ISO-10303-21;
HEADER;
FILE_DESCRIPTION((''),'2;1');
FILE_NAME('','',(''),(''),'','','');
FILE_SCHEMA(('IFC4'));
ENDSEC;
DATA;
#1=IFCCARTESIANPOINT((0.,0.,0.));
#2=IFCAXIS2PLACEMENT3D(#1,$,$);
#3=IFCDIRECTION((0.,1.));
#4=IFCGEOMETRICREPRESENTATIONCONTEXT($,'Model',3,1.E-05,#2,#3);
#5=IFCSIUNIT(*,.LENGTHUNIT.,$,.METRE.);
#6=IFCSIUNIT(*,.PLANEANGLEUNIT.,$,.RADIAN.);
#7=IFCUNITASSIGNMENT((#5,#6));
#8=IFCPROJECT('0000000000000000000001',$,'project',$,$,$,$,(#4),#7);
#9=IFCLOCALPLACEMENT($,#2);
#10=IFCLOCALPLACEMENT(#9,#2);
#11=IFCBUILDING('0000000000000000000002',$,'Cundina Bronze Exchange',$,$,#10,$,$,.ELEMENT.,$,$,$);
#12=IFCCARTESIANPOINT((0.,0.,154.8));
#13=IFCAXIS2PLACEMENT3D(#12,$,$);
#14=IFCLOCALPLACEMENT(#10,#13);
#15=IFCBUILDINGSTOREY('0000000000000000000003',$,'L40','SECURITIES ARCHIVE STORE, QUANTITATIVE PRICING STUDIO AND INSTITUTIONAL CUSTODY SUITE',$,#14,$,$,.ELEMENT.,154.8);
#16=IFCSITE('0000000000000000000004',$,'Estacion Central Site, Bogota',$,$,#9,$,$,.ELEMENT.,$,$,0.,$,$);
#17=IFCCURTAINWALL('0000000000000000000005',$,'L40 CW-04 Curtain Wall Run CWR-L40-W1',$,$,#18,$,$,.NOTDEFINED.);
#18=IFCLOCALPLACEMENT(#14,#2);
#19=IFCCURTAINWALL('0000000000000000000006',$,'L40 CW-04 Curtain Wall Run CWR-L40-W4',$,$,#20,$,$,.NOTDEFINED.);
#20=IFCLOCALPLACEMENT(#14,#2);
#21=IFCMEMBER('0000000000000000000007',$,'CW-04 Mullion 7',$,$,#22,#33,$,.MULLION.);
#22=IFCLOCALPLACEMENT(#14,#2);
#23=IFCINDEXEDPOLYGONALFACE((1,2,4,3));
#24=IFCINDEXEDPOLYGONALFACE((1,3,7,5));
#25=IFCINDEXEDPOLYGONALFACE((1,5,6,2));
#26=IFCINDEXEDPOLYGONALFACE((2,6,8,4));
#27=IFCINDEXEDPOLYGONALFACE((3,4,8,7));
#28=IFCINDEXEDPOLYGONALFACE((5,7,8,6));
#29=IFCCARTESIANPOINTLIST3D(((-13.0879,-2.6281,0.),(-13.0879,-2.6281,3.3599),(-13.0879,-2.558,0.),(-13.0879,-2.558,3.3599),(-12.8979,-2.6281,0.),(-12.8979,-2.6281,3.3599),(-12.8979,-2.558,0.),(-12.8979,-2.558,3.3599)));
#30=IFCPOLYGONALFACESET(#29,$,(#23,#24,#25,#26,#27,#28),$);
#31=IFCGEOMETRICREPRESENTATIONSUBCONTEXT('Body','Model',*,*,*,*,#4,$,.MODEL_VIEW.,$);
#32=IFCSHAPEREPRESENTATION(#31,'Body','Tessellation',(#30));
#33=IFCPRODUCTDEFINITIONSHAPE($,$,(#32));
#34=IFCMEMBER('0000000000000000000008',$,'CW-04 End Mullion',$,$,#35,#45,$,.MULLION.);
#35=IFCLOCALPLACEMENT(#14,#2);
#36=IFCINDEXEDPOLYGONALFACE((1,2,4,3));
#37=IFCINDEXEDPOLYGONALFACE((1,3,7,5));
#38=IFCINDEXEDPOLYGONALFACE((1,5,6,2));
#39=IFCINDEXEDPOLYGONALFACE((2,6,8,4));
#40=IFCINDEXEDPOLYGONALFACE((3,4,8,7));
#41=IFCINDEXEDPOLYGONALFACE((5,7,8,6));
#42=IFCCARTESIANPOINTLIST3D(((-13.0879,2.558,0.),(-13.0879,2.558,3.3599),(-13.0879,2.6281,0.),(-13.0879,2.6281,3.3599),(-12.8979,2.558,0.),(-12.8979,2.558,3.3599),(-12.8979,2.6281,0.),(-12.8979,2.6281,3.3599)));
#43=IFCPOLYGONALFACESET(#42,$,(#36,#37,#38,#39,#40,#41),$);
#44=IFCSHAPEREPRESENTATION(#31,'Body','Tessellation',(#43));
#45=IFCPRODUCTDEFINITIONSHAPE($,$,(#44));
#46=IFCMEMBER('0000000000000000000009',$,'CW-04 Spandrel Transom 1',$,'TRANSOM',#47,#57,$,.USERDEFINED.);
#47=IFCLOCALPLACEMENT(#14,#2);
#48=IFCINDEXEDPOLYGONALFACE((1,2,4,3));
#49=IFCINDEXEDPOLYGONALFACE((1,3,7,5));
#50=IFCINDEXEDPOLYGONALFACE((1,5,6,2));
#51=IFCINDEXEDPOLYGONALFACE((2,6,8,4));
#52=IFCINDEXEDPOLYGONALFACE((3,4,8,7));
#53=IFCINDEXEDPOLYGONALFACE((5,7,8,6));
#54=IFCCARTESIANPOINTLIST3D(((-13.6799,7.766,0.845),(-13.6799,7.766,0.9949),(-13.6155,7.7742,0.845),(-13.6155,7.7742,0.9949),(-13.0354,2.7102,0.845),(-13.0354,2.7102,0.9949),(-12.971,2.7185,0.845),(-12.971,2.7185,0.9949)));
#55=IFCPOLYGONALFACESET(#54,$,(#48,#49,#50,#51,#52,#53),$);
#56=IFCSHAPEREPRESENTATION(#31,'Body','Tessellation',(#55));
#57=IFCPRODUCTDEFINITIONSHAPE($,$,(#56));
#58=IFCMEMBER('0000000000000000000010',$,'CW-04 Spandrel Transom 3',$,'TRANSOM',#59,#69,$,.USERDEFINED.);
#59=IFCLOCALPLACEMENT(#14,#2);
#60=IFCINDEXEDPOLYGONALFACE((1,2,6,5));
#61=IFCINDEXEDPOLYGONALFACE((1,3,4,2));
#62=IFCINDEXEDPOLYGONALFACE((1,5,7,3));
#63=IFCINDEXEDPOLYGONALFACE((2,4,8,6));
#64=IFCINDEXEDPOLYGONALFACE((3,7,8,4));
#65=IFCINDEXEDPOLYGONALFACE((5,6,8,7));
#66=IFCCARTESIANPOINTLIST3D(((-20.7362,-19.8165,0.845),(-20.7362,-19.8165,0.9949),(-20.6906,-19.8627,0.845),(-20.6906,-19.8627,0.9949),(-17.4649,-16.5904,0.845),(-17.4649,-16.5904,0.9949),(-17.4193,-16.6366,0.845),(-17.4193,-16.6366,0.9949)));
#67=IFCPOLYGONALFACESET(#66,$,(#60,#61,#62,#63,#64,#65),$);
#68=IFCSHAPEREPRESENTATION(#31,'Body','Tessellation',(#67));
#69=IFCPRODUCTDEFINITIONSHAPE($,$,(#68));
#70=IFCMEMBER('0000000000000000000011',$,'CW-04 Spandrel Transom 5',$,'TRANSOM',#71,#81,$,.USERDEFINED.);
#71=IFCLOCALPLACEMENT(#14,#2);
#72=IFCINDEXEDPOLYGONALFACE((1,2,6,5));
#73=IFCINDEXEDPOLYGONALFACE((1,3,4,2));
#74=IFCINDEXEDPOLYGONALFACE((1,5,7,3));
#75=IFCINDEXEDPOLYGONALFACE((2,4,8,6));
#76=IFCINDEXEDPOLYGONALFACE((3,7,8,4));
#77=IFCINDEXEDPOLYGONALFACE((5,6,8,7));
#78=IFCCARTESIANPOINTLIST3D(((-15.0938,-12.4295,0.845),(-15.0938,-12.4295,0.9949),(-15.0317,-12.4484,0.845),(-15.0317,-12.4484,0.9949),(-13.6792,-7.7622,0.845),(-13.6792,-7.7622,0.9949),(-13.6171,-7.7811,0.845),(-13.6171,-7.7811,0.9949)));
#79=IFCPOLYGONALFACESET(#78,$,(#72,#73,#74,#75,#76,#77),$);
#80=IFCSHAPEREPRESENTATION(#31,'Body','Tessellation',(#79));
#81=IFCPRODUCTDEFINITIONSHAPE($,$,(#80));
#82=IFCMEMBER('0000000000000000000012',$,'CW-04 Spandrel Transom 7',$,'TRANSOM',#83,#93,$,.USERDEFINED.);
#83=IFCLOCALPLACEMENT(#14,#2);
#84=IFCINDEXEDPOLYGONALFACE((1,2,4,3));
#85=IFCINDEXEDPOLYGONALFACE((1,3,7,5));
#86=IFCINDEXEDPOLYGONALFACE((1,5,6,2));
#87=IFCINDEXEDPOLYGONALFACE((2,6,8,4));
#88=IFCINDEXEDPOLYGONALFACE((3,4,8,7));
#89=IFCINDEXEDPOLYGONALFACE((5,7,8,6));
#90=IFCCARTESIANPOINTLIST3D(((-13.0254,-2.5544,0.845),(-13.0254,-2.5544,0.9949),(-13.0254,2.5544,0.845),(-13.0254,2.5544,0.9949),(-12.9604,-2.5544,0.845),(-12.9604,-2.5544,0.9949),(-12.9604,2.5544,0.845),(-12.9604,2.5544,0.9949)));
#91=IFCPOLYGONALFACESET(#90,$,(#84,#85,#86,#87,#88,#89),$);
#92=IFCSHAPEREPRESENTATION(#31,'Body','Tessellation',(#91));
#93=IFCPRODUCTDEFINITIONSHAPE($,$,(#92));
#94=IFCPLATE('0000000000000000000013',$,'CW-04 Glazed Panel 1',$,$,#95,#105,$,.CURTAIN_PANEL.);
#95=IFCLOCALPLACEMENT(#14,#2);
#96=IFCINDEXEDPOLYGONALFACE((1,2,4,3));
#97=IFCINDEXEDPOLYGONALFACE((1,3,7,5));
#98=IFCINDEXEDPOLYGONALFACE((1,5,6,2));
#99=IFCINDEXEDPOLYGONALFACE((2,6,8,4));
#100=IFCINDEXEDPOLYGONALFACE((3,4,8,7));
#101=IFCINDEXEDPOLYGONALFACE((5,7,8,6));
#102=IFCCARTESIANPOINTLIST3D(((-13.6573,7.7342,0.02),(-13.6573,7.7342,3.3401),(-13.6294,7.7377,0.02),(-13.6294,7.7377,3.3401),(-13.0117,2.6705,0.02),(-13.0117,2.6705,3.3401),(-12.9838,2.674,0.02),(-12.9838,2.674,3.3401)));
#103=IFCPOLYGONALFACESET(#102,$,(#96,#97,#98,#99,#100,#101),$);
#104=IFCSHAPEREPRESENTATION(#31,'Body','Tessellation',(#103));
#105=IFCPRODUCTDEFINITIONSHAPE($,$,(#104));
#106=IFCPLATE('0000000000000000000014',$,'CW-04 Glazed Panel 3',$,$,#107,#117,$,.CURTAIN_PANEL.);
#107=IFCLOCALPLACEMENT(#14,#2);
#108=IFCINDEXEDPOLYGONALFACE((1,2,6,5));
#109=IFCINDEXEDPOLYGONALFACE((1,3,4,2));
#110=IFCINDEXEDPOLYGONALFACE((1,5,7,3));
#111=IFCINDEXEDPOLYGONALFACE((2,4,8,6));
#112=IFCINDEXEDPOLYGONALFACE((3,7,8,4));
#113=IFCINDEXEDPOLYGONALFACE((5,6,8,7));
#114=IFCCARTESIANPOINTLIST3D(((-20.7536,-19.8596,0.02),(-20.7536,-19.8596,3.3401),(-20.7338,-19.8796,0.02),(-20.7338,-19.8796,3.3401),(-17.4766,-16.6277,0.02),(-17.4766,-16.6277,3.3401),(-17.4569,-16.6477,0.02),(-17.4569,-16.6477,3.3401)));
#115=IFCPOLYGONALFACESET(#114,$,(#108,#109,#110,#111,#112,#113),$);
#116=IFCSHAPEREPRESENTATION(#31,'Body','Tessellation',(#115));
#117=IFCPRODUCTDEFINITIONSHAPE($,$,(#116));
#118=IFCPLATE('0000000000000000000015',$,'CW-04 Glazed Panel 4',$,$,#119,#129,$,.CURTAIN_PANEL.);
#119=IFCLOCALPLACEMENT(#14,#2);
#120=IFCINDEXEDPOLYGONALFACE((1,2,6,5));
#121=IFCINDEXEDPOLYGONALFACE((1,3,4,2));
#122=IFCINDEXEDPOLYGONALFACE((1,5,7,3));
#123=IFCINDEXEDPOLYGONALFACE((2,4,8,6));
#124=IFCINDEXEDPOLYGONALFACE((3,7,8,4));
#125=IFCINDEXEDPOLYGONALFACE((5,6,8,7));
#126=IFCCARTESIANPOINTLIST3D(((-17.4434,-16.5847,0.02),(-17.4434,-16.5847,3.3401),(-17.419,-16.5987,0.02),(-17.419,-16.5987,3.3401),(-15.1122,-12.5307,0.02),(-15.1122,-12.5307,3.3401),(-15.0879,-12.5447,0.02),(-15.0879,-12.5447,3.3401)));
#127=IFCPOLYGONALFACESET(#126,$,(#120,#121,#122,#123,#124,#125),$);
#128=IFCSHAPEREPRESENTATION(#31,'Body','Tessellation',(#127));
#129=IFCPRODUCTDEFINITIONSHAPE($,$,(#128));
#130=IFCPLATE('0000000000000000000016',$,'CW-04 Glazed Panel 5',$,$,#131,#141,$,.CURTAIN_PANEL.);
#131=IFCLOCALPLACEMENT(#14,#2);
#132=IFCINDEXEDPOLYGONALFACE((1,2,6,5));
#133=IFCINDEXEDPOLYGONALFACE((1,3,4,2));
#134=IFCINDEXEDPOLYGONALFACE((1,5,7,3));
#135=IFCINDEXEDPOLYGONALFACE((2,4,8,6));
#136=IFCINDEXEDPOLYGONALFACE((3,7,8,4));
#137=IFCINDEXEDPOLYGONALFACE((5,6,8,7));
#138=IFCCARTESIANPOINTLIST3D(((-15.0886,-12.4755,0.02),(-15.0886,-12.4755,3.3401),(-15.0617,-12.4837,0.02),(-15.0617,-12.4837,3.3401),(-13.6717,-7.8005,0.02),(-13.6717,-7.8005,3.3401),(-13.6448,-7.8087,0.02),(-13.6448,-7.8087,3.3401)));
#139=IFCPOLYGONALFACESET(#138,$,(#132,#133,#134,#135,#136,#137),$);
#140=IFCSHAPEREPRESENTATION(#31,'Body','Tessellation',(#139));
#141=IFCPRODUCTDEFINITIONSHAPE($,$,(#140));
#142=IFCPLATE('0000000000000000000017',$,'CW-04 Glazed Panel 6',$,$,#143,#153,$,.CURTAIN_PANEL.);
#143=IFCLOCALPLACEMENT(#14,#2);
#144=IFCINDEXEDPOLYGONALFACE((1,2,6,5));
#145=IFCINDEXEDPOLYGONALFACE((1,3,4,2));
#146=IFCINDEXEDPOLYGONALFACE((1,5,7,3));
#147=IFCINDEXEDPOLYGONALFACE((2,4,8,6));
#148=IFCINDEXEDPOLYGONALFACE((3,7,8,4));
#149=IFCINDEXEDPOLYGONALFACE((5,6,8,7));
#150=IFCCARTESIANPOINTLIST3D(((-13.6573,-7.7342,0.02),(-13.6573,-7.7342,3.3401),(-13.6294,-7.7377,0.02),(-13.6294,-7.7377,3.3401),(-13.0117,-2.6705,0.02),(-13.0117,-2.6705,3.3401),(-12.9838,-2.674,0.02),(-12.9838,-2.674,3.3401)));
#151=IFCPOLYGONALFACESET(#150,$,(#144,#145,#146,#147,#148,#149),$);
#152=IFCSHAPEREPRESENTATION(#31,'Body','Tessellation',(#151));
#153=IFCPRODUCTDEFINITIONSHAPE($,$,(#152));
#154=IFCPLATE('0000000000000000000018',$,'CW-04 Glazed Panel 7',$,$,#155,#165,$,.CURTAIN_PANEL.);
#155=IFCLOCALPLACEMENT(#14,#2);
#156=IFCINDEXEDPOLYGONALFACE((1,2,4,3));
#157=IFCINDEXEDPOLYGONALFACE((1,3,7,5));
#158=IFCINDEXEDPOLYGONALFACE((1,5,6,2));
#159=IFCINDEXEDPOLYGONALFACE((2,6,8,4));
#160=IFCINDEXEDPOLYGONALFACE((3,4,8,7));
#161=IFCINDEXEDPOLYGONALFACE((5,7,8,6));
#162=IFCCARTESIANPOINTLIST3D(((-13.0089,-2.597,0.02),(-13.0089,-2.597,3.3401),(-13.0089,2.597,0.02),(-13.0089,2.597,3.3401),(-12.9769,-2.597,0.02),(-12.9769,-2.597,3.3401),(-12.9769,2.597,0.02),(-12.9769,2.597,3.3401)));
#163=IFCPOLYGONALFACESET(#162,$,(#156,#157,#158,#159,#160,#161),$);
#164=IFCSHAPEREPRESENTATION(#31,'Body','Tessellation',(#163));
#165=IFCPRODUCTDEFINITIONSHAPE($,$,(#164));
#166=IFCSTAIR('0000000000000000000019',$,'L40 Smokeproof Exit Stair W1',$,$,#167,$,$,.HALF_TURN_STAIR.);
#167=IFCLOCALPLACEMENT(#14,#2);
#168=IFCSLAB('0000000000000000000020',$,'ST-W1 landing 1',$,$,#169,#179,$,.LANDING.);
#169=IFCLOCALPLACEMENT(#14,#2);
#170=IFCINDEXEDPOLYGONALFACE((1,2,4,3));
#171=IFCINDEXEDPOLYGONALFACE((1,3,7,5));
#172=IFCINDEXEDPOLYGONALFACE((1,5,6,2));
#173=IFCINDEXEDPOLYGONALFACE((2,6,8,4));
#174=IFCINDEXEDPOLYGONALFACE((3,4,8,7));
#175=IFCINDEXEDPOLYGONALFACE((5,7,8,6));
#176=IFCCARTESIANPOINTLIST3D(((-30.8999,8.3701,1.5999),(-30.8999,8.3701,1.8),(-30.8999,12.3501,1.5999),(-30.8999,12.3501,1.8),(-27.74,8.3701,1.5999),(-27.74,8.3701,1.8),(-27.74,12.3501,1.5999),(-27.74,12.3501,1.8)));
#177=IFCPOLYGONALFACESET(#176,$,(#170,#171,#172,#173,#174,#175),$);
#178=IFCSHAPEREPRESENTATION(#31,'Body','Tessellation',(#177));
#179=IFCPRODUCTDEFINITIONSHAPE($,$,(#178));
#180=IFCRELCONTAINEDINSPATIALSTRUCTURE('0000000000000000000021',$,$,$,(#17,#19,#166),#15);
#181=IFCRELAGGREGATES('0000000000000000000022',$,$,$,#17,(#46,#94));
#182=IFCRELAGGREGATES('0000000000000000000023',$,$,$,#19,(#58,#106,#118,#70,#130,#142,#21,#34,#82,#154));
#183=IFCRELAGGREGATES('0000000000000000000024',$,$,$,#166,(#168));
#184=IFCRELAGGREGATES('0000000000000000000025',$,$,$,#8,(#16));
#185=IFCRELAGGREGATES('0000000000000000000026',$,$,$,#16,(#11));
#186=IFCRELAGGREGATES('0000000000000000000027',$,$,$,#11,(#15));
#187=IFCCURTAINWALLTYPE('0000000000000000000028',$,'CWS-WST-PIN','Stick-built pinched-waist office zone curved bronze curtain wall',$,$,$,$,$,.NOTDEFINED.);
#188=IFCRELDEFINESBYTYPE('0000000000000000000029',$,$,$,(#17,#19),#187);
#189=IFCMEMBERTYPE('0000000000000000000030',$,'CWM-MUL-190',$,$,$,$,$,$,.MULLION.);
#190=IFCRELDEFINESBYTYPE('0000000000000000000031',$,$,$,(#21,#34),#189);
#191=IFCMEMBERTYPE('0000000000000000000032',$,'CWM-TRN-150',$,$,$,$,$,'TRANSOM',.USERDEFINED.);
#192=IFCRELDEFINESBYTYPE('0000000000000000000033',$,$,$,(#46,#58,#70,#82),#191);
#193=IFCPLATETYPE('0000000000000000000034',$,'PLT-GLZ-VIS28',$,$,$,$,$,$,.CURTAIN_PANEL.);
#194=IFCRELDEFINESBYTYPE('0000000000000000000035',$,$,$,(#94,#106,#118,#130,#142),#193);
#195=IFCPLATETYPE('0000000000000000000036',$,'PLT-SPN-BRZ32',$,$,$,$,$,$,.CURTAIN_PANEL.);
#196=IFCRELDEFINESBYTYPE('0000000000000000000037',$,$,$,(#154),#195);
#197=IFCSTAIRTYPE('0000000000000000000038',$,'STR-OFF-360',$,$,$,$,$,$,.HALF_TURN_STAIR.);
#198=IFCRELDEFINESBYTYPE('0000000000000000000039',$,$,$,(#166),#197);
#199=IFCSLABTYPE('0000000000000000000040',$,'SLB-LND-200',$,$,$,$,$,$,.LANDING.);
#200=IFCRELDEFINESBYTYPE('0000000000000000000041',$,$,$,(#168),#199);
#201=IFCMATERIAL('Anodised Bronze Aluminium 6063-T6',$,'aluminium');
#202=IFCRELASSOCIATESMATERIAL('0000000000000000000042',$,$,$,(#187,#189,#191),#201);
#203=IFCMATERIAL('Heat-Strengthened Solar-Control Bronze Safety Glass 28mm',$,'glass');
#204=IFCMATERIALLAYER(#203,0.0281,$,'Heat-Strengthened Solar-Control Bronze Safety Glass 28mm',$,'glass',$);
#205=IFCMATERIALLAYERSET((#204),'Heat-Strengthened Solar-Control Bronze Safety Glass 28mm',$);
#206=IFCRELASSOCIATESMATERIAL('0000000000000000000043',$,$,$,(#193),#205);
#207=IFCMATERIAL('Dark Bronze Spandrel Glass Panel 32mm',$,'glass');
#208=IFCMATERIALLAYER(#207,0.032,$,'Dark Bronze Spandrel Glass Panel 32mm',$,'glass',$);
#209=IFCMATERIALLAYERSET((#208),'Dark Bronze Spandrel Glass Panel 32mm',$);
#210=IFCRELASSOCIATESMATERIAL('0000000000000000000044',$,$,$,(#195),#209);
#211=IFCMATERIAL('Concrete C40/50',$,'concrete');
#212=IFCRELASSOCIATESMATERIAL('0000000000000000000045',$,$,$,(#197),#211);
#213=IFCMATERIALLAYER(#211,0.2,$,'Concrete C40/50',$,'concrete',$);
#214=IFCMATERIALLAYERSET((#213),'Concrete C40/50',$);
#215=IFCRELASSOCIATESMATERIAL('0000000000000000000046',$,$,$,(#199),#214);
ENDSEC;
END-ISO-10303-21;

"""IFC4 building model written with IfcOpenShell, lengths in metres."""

from ifc_helpers import new_model, si_unit, direction, frame, origin, origin_2d, place, context, subcontext, project, spatial, polyline, rectangle, outline, extrude, material, layer, layer_set, material_profile, profile_set, type_object, element, aggregate, save


model = new_model("IFC4")

# Units and contexts
model_context = context("Model", 3, precision=1e-05, world=origin(), true_north=direction((0.0, 1.0)))
body_context = subcontext(model_context, "Body", "Model", "MODEL_VIEW")
ifc_project = project(units=[si_unit("LENGTHUNIT", "METRE"), si_unit("PLANEANGLEUNIT", "RADIAN")], contexts=[model_context])

# Site, building, storey
site_placement = place(None, origin())
site = spatial("IfcSite", under=ifc_project, at=site_placement, Name="Estacion Central Site, Bogota", CompositionType="ELEMENT", RefElevation=0.0)
building_placement = place(site_placement, origin())
building = spatial("IfcBuilding", under=site, at=building_placement, Name="Cundina Bronze Exchange", CompositionType="ELEMENT")
storey_placement = place(building_placement, frame((0.0, 0.0, 154.8)))
storey = spatial("IfcBuildingStorey", under=building, at=storey_placement, Name="L40", Description="SECURITIES ARCHIVE STORE, QUANTITATIVE PRICING STUDIO AND INSTITUTIONAL CUSTODY SUITE", CompositionType="ELEMENT", Elevation=154.8)

# Curtain wall
ifc_material_1 = material(Name="Anodised Bronze Aluminium 6063-T6", Category="aluminium")
curtain_wall_type = type_object("IfcCurtainWallType", Name="CWS-WST-PIN", Description="Stick-built pinched-waist office zone curved bronze curtain wall", PredefinedType="NOTDEFINED", material=ifc_material_1)
curtain_wall_1_placement = place(storey_placement, origin())
curtain_wall_1 = element("IfcCurtainWall", 1, at=curtain_wall_1_placement, inside=storey, type_object=curtain_wall_type, Name="L40 CW-04 Curtain Wall Run CWR-L40-W1", PredefinedType="NOTDEFINED")
ifc_material_profile_1 = material_profile(ifc_material_1, rectangle(XDim=0.0701, YDim=0.1899, at=origin_2d()), Name="AL70X190", Category="aluminium")
ifc_profile_set_1 = profile_set([ifc_material_profile_1], Name="Anodised Bronze Aluminium 6063-T6")
member_type_1 = type_object("IfcMemberType", Name="CWM-MUL-190", PredefinedType="MULLION", material=ifc_profile_set_1)

# Curtain wall, members
curtain_wall_2_placement = place(storey_placement, origin())
curtain_wall_2 = element("IfcCurtainWall", 2, at=curtain_wall_2_placement, inside=storey, type_object=curtain_wall_type, Name="L40 CW-04 Curtain Wall Run CWR-L40-W4", PredefinedType="NOTDEFINED")
member_1_placement = place(storey_placement, frame((-12.9929, -2.593, 0.0), z_axis=(0.0, 0.0, 1.0), x_axis=(0.0, 1.0, 0.0)))
member_1 = element("IfcMember", 3, at=member_1_placement, type_object=member_type_1, Name="CW-04 Mullion 7", PredefinedType="MULLION", context=body_context, shape_type="SweptSolid", body=[
    extrude(rectangle(XDim=0.0701, YDim=0.1899, at=origin_2d()), origin(), (0.0, 0.0, 1.0), 3.3599),
])
member_2_placement = place(storey_placement, frame((-12.9929, 2.593, 0.0), z_axis=(0.0, 0.0, 1.0), x_axis=(0.0, 1.0, 0.0)))
member_2 = element("IfcMember", 4, at=member_2_placement, type_object=member_type_1, Name="CW-04 End Mullion", PredefinedType="MULLION", context=body_context, shape_type="SweptSolid", body=[
    extrude(rectangle(XDim=0.0701, YDim=0.1899, at=origin_2d()), origin(), (0.0, 0.0, 1.0), 3.3599),
])

# Members
ifc_material_profile_2 = material_profile(ifc_material_1, rectangle(XDim=0.0649, YDim=0.1499, at=origin_2d()), Name="AL65X150", Category="aluminium")
ifc_profile_set_2 = profile_set([ifc_material_profile_2], Name="Anodised Bronze Aluminium 6063-T6")
member_type_2 = type_object("IfcMemberType", Name="CWM-TRN-150", ElementType="TRANSOM", PredefinedType="USERDEFINED", material=ifc_profile_set_2)
member_3_placement = place(storey_placement, frame((-13.0032, 2.7144, 0.9199), z_axis=(-0.126463, 0.991971, 0.0), x_axis=(-0.991971, -0.126463, 0.0)))
member_3 = element("IfcMember", 5, at=member_3_placement, type_object=member_type_2, Name="CW-04 Spandrel Transom 1", ObjectType="TRANSOM", PredefinedType="USERDEFINED", context=body_context, shape_type="SweptSolid", body=[
    extrude(rectangle(XDim=0.0649, YDim=0.1499, at=origin_2d()), origin(), (0.0, 0.0, 1.0), 5.0967),
])
member_4_placement = place(storey_placement, frame((-20.7134, -19.8396, 0.9199), z_axis=(0.712005, 0.702174, 0.0), x_axis=(-0.702174, 0.712005, 0.0)))
member_4 = element("IfcMember", 6, at=member_4_placement, type_object=member_type_2, Name="CW-04 Spandrel Transom 3", ObjectType="TRANSOM", PredefinedType="USERDEFINED", context=body_context, shape_type="SweptSolid", body=[
    extrude(rectangle(XDim=0.0649, YDim=0.1499, at=origin_2d()), origin(), (0.0, 0.0, 1.0), 4.5945),
])
member_5_placement = place(storey_placement, frame((-15.0627, -12.439, 0.9199), z_axis=(0.290052, 0.957011, 0.0), x_axis=(-0.957011, 0.290052, 0.0)))
member_5 = element("IfcMember", 7, at=member_5_placement, type_object=member_type_2, Name="CW-04 Spandrel Transom 5", ObjectType="TRANSOM", PredefinedType="USERDEFINED", context=body_context, shape_type="SweptSolid", body=[
    extrude(rectangle(XDim=0.0649, YDim=0.1499, at=origin_2d()), origin(), (0.0, 0.0, 1.0), 4.877),
])
member_6_placement = place(storey_placement, frame((-12.9929, -2.5544, 0.9199), z_axis=(0.0, 1.0, 0.0), x_axis=(-1.0, 0.0, 0.0)))
member_6 = element("IfcMember", 8, at=member_6_placement, type_object=member_type_2, Name="CW-04 Spandrel Transom 7", ObjectType="TRANSOM", PredefinedType="USERDEFINED", context=body_context, shape_type="SweptSolid", body=[
    extrude(rectangle(XDim=0.0649, YDim=0.1499, at=origin_2d()), origin(), (0.0, 0.0, 1.0), 5.1089),
])

# Plates
ifc_material_2 = material(Name="Heat-Strengthened Solar-Control Bronze Safety Glass 28mm", Category="glass")
ifc_layer_1 = layer(ifc_material_2, 0.0281, Name="Heat-Strengthened Solar-Control Bronze Safety Glass 28mm", Category="glass")
ifc_layer_set_1 = layer_set([ifc_layer_1], Name="Heat-Strengthened Solar-Control Bronze Safety Glass 28mm")
plate_type_1 = type_object("IfcPlateType", Name="PLT-GLZ-VIS28", PredefinedType="CURTAIN_PANEL", material=ifc_layer_set_1)
plate_1_placement = place(storey_placement, frame((-13.3206, 5.2041, 0.02), z_axis=(0.0, 0.0, 1.0), x_axis=(-0.126476, 0.99197, 0.0)))
plate_1 = element("IfcPlate", 9, at=plate_1_placement, type_object=plate_type_1, Name="CW-04 Glazed Panel 1", PredefinedType="CURTAIN_PANEL", context=body_context, shape_type="SweptSolid", body=[
    extrude(rectangle(XDim=5.1047, YDim=0.0281, at=origin_2d()), origin(), (0.0, 0.0, 1.0), 3.3201),
])
aggregate(curtain_wall_1, [member_3, plate_1])
plate_2_placement = place(storey_placement, frame((-19.1052, -18.2537, 0.02), z_axis=(0.0, 0.0, 1.0), x_axis=(0.711989, 0.70219, 0.0)))
plate_2 = element("IfcPlate", 10, at=plate_2_placement, type_object=plate_type_1, Name="CW-04 Glazed Panel 3", PredefinedType="CURTAIN_PANEL", context=body_context, shape_type="SweptSolid", body=[
    extrude(rectangle(XDim=4.6025, YDim=0.0281, at=origin_2d()), origin(), (0.0, 0.0, 1.0), 3.3201),
])
plate_3_placement = place(storey_placement, frame((-16.2656, -14.5647, 0.02), z_axis=(0.0, 0.0, 1.0), x_axis=(0.498488, 0.866897, 0.0)))
plate_3 = element("IfcPlate", 11, at=plate_3_placement, type_object=plate_type_1, Name="CW-04 Glazed Panel 4", PredefinedType="CURTAIN_PANEL", context=body_context, shape_type="SweptSolid", body=[
    extrude(rectangle(XDim=4.6765, YDim=0.0281, at=origin_2d()), origin(), (0.0, 0.0, 1.0), 3.3201),
])
plate_4_placement = place(storey_placement, frame((-14.3667, -10.1421, 0.02), z_axis=(0.0, 0.0, 1.0), x_axis=(0.290051, 0.957011, 0.0)))
plate_4 = element("IfcPlate", 12, at=plate_4_placement, type_object=plate_type_1, Name="CW-04 Glazed Panel 5", PredefinedType="CURTAIN_PANEL", context=body_context, shape_type="SweptSolid", body=[
    extrude(rectangle(XDim=4.885, YDim=0.0281, at=origin_2d()), origin(), (0.0, 0.0, 1.0), 3.3201),
])
plate_5_placement = place(storey_placement, frame((-13.3206, -5.2041, 0.02), z_axis=(0.0, 0.0, 1.0), x_axis=(0.126476, 0.99197, 0.0)))
plate_5 = element("IfcPlate", 13, at=plate_5_placement, type_object=plate_type_1, Name="CW-04 Glazed Panel 6", PredefinedType="CURTAIN_PANEL", context=body_context, shape_type="SweptSolid", body=[
    extrude(rectangle(XDim=5.1047, YDim=0.0281, at=origin_2d()), origin(), (0.0, 0.0, 1.0), 3.3201),
])
ifc_material_3 = material(Name="Dark Bronze Spandrel Glass Panel 32mm", Category="glass")
ifc_layer_2 = layer(ifc_material_3, 0.032, Name="Dark Bronze Spandrel Glass Panel 32mm", Category="glass")
ifc_layer_set_2 = layer_set([ifc_layer_2], Name="Dark Bronze Spandrel Glass Panel 32mm")
plate_type_2 = type_object("IfcPlateType", Name="PLT-SPN-BRZ32", PredefinedType="CURTAIN_PANEL", material=ifc_layer_set_2)
plate_6_placement = place(storey_placement, frame((-12.9929, 0.0, 0.02), z_axis=(0.0, 0.0, 1.0), x_axis=(0.0, 1.0, 0.0)))
plate_6 = element("IfcPlate", 14, at=plate_6_placement, type_object=plate_type_2, Name="CW-04 Glazed Panel 7", PredefinedType="CURTAIN_PANEL", context=body_context, shape_type="SweptSolid", body=[
    extrude(rectangle(XDim=5.1941, YDim=0.032, at=origin_2d()), origin(), (0.0, 0.0, 1.0), 3.3201),
])
aggregate(curtain_wall_2, [member_4, plate_2, plate_3, member_5, plate_4, plate_5, member_1, member_2, member_6, plate_6])

# Stair, slab
ifc_material_4 = material(Name="Concrete C40/50", Category="concrete")
stair_type = type_object("IfcStairType", Name="STR-OFF-360", PredefinedType="HALF_TURN_STAIR", material=ifc_material_4)
stair_placement = place(storey_placement, origin())
stair = element("IfcStair", 15, at=stair_placement, inside=storey, type_object=stair_type, Name="L40 Smokeproof Exit Stair W1", PredefinedType="HALF_TURN_STAIR")
ifc_layer_3 = layer(ifc_material_4, 0.2, Name="Concrete C40/50", Category="concrete")
ifc_layer_set_3 = layer_set([ifc_layer_3], Name="Concrete C40/50")
slab_type_1 = type_object("IfcSlabType", Name="SLB-LND-200", PredefinedType="LANDING", material=ifc_layer_set_3)
slab_1_placement = place(storey_placement, frame((0.0, 0.0, 1.5999)))
slab_1 = element("IfcSlab", 16, at=slab_1_placement, type_object=slab_type_1, Name="ST-W1 landing 1", PredefinedType="LANDING", context=body_context, shape_type="SweptSolid", body=[
    extrude(outline(polyline([(-27.74, 8.3701), (-27.74, 12.3501), (-30.8999, 12.3501), (-30.8999, 8.3701), (-27.74, 8.3701)])), origin(), (0.0, 0.0, 1.0), 0.2002),
])
aggregate(stair, [slab_1])

save(model, "model.ifc")
